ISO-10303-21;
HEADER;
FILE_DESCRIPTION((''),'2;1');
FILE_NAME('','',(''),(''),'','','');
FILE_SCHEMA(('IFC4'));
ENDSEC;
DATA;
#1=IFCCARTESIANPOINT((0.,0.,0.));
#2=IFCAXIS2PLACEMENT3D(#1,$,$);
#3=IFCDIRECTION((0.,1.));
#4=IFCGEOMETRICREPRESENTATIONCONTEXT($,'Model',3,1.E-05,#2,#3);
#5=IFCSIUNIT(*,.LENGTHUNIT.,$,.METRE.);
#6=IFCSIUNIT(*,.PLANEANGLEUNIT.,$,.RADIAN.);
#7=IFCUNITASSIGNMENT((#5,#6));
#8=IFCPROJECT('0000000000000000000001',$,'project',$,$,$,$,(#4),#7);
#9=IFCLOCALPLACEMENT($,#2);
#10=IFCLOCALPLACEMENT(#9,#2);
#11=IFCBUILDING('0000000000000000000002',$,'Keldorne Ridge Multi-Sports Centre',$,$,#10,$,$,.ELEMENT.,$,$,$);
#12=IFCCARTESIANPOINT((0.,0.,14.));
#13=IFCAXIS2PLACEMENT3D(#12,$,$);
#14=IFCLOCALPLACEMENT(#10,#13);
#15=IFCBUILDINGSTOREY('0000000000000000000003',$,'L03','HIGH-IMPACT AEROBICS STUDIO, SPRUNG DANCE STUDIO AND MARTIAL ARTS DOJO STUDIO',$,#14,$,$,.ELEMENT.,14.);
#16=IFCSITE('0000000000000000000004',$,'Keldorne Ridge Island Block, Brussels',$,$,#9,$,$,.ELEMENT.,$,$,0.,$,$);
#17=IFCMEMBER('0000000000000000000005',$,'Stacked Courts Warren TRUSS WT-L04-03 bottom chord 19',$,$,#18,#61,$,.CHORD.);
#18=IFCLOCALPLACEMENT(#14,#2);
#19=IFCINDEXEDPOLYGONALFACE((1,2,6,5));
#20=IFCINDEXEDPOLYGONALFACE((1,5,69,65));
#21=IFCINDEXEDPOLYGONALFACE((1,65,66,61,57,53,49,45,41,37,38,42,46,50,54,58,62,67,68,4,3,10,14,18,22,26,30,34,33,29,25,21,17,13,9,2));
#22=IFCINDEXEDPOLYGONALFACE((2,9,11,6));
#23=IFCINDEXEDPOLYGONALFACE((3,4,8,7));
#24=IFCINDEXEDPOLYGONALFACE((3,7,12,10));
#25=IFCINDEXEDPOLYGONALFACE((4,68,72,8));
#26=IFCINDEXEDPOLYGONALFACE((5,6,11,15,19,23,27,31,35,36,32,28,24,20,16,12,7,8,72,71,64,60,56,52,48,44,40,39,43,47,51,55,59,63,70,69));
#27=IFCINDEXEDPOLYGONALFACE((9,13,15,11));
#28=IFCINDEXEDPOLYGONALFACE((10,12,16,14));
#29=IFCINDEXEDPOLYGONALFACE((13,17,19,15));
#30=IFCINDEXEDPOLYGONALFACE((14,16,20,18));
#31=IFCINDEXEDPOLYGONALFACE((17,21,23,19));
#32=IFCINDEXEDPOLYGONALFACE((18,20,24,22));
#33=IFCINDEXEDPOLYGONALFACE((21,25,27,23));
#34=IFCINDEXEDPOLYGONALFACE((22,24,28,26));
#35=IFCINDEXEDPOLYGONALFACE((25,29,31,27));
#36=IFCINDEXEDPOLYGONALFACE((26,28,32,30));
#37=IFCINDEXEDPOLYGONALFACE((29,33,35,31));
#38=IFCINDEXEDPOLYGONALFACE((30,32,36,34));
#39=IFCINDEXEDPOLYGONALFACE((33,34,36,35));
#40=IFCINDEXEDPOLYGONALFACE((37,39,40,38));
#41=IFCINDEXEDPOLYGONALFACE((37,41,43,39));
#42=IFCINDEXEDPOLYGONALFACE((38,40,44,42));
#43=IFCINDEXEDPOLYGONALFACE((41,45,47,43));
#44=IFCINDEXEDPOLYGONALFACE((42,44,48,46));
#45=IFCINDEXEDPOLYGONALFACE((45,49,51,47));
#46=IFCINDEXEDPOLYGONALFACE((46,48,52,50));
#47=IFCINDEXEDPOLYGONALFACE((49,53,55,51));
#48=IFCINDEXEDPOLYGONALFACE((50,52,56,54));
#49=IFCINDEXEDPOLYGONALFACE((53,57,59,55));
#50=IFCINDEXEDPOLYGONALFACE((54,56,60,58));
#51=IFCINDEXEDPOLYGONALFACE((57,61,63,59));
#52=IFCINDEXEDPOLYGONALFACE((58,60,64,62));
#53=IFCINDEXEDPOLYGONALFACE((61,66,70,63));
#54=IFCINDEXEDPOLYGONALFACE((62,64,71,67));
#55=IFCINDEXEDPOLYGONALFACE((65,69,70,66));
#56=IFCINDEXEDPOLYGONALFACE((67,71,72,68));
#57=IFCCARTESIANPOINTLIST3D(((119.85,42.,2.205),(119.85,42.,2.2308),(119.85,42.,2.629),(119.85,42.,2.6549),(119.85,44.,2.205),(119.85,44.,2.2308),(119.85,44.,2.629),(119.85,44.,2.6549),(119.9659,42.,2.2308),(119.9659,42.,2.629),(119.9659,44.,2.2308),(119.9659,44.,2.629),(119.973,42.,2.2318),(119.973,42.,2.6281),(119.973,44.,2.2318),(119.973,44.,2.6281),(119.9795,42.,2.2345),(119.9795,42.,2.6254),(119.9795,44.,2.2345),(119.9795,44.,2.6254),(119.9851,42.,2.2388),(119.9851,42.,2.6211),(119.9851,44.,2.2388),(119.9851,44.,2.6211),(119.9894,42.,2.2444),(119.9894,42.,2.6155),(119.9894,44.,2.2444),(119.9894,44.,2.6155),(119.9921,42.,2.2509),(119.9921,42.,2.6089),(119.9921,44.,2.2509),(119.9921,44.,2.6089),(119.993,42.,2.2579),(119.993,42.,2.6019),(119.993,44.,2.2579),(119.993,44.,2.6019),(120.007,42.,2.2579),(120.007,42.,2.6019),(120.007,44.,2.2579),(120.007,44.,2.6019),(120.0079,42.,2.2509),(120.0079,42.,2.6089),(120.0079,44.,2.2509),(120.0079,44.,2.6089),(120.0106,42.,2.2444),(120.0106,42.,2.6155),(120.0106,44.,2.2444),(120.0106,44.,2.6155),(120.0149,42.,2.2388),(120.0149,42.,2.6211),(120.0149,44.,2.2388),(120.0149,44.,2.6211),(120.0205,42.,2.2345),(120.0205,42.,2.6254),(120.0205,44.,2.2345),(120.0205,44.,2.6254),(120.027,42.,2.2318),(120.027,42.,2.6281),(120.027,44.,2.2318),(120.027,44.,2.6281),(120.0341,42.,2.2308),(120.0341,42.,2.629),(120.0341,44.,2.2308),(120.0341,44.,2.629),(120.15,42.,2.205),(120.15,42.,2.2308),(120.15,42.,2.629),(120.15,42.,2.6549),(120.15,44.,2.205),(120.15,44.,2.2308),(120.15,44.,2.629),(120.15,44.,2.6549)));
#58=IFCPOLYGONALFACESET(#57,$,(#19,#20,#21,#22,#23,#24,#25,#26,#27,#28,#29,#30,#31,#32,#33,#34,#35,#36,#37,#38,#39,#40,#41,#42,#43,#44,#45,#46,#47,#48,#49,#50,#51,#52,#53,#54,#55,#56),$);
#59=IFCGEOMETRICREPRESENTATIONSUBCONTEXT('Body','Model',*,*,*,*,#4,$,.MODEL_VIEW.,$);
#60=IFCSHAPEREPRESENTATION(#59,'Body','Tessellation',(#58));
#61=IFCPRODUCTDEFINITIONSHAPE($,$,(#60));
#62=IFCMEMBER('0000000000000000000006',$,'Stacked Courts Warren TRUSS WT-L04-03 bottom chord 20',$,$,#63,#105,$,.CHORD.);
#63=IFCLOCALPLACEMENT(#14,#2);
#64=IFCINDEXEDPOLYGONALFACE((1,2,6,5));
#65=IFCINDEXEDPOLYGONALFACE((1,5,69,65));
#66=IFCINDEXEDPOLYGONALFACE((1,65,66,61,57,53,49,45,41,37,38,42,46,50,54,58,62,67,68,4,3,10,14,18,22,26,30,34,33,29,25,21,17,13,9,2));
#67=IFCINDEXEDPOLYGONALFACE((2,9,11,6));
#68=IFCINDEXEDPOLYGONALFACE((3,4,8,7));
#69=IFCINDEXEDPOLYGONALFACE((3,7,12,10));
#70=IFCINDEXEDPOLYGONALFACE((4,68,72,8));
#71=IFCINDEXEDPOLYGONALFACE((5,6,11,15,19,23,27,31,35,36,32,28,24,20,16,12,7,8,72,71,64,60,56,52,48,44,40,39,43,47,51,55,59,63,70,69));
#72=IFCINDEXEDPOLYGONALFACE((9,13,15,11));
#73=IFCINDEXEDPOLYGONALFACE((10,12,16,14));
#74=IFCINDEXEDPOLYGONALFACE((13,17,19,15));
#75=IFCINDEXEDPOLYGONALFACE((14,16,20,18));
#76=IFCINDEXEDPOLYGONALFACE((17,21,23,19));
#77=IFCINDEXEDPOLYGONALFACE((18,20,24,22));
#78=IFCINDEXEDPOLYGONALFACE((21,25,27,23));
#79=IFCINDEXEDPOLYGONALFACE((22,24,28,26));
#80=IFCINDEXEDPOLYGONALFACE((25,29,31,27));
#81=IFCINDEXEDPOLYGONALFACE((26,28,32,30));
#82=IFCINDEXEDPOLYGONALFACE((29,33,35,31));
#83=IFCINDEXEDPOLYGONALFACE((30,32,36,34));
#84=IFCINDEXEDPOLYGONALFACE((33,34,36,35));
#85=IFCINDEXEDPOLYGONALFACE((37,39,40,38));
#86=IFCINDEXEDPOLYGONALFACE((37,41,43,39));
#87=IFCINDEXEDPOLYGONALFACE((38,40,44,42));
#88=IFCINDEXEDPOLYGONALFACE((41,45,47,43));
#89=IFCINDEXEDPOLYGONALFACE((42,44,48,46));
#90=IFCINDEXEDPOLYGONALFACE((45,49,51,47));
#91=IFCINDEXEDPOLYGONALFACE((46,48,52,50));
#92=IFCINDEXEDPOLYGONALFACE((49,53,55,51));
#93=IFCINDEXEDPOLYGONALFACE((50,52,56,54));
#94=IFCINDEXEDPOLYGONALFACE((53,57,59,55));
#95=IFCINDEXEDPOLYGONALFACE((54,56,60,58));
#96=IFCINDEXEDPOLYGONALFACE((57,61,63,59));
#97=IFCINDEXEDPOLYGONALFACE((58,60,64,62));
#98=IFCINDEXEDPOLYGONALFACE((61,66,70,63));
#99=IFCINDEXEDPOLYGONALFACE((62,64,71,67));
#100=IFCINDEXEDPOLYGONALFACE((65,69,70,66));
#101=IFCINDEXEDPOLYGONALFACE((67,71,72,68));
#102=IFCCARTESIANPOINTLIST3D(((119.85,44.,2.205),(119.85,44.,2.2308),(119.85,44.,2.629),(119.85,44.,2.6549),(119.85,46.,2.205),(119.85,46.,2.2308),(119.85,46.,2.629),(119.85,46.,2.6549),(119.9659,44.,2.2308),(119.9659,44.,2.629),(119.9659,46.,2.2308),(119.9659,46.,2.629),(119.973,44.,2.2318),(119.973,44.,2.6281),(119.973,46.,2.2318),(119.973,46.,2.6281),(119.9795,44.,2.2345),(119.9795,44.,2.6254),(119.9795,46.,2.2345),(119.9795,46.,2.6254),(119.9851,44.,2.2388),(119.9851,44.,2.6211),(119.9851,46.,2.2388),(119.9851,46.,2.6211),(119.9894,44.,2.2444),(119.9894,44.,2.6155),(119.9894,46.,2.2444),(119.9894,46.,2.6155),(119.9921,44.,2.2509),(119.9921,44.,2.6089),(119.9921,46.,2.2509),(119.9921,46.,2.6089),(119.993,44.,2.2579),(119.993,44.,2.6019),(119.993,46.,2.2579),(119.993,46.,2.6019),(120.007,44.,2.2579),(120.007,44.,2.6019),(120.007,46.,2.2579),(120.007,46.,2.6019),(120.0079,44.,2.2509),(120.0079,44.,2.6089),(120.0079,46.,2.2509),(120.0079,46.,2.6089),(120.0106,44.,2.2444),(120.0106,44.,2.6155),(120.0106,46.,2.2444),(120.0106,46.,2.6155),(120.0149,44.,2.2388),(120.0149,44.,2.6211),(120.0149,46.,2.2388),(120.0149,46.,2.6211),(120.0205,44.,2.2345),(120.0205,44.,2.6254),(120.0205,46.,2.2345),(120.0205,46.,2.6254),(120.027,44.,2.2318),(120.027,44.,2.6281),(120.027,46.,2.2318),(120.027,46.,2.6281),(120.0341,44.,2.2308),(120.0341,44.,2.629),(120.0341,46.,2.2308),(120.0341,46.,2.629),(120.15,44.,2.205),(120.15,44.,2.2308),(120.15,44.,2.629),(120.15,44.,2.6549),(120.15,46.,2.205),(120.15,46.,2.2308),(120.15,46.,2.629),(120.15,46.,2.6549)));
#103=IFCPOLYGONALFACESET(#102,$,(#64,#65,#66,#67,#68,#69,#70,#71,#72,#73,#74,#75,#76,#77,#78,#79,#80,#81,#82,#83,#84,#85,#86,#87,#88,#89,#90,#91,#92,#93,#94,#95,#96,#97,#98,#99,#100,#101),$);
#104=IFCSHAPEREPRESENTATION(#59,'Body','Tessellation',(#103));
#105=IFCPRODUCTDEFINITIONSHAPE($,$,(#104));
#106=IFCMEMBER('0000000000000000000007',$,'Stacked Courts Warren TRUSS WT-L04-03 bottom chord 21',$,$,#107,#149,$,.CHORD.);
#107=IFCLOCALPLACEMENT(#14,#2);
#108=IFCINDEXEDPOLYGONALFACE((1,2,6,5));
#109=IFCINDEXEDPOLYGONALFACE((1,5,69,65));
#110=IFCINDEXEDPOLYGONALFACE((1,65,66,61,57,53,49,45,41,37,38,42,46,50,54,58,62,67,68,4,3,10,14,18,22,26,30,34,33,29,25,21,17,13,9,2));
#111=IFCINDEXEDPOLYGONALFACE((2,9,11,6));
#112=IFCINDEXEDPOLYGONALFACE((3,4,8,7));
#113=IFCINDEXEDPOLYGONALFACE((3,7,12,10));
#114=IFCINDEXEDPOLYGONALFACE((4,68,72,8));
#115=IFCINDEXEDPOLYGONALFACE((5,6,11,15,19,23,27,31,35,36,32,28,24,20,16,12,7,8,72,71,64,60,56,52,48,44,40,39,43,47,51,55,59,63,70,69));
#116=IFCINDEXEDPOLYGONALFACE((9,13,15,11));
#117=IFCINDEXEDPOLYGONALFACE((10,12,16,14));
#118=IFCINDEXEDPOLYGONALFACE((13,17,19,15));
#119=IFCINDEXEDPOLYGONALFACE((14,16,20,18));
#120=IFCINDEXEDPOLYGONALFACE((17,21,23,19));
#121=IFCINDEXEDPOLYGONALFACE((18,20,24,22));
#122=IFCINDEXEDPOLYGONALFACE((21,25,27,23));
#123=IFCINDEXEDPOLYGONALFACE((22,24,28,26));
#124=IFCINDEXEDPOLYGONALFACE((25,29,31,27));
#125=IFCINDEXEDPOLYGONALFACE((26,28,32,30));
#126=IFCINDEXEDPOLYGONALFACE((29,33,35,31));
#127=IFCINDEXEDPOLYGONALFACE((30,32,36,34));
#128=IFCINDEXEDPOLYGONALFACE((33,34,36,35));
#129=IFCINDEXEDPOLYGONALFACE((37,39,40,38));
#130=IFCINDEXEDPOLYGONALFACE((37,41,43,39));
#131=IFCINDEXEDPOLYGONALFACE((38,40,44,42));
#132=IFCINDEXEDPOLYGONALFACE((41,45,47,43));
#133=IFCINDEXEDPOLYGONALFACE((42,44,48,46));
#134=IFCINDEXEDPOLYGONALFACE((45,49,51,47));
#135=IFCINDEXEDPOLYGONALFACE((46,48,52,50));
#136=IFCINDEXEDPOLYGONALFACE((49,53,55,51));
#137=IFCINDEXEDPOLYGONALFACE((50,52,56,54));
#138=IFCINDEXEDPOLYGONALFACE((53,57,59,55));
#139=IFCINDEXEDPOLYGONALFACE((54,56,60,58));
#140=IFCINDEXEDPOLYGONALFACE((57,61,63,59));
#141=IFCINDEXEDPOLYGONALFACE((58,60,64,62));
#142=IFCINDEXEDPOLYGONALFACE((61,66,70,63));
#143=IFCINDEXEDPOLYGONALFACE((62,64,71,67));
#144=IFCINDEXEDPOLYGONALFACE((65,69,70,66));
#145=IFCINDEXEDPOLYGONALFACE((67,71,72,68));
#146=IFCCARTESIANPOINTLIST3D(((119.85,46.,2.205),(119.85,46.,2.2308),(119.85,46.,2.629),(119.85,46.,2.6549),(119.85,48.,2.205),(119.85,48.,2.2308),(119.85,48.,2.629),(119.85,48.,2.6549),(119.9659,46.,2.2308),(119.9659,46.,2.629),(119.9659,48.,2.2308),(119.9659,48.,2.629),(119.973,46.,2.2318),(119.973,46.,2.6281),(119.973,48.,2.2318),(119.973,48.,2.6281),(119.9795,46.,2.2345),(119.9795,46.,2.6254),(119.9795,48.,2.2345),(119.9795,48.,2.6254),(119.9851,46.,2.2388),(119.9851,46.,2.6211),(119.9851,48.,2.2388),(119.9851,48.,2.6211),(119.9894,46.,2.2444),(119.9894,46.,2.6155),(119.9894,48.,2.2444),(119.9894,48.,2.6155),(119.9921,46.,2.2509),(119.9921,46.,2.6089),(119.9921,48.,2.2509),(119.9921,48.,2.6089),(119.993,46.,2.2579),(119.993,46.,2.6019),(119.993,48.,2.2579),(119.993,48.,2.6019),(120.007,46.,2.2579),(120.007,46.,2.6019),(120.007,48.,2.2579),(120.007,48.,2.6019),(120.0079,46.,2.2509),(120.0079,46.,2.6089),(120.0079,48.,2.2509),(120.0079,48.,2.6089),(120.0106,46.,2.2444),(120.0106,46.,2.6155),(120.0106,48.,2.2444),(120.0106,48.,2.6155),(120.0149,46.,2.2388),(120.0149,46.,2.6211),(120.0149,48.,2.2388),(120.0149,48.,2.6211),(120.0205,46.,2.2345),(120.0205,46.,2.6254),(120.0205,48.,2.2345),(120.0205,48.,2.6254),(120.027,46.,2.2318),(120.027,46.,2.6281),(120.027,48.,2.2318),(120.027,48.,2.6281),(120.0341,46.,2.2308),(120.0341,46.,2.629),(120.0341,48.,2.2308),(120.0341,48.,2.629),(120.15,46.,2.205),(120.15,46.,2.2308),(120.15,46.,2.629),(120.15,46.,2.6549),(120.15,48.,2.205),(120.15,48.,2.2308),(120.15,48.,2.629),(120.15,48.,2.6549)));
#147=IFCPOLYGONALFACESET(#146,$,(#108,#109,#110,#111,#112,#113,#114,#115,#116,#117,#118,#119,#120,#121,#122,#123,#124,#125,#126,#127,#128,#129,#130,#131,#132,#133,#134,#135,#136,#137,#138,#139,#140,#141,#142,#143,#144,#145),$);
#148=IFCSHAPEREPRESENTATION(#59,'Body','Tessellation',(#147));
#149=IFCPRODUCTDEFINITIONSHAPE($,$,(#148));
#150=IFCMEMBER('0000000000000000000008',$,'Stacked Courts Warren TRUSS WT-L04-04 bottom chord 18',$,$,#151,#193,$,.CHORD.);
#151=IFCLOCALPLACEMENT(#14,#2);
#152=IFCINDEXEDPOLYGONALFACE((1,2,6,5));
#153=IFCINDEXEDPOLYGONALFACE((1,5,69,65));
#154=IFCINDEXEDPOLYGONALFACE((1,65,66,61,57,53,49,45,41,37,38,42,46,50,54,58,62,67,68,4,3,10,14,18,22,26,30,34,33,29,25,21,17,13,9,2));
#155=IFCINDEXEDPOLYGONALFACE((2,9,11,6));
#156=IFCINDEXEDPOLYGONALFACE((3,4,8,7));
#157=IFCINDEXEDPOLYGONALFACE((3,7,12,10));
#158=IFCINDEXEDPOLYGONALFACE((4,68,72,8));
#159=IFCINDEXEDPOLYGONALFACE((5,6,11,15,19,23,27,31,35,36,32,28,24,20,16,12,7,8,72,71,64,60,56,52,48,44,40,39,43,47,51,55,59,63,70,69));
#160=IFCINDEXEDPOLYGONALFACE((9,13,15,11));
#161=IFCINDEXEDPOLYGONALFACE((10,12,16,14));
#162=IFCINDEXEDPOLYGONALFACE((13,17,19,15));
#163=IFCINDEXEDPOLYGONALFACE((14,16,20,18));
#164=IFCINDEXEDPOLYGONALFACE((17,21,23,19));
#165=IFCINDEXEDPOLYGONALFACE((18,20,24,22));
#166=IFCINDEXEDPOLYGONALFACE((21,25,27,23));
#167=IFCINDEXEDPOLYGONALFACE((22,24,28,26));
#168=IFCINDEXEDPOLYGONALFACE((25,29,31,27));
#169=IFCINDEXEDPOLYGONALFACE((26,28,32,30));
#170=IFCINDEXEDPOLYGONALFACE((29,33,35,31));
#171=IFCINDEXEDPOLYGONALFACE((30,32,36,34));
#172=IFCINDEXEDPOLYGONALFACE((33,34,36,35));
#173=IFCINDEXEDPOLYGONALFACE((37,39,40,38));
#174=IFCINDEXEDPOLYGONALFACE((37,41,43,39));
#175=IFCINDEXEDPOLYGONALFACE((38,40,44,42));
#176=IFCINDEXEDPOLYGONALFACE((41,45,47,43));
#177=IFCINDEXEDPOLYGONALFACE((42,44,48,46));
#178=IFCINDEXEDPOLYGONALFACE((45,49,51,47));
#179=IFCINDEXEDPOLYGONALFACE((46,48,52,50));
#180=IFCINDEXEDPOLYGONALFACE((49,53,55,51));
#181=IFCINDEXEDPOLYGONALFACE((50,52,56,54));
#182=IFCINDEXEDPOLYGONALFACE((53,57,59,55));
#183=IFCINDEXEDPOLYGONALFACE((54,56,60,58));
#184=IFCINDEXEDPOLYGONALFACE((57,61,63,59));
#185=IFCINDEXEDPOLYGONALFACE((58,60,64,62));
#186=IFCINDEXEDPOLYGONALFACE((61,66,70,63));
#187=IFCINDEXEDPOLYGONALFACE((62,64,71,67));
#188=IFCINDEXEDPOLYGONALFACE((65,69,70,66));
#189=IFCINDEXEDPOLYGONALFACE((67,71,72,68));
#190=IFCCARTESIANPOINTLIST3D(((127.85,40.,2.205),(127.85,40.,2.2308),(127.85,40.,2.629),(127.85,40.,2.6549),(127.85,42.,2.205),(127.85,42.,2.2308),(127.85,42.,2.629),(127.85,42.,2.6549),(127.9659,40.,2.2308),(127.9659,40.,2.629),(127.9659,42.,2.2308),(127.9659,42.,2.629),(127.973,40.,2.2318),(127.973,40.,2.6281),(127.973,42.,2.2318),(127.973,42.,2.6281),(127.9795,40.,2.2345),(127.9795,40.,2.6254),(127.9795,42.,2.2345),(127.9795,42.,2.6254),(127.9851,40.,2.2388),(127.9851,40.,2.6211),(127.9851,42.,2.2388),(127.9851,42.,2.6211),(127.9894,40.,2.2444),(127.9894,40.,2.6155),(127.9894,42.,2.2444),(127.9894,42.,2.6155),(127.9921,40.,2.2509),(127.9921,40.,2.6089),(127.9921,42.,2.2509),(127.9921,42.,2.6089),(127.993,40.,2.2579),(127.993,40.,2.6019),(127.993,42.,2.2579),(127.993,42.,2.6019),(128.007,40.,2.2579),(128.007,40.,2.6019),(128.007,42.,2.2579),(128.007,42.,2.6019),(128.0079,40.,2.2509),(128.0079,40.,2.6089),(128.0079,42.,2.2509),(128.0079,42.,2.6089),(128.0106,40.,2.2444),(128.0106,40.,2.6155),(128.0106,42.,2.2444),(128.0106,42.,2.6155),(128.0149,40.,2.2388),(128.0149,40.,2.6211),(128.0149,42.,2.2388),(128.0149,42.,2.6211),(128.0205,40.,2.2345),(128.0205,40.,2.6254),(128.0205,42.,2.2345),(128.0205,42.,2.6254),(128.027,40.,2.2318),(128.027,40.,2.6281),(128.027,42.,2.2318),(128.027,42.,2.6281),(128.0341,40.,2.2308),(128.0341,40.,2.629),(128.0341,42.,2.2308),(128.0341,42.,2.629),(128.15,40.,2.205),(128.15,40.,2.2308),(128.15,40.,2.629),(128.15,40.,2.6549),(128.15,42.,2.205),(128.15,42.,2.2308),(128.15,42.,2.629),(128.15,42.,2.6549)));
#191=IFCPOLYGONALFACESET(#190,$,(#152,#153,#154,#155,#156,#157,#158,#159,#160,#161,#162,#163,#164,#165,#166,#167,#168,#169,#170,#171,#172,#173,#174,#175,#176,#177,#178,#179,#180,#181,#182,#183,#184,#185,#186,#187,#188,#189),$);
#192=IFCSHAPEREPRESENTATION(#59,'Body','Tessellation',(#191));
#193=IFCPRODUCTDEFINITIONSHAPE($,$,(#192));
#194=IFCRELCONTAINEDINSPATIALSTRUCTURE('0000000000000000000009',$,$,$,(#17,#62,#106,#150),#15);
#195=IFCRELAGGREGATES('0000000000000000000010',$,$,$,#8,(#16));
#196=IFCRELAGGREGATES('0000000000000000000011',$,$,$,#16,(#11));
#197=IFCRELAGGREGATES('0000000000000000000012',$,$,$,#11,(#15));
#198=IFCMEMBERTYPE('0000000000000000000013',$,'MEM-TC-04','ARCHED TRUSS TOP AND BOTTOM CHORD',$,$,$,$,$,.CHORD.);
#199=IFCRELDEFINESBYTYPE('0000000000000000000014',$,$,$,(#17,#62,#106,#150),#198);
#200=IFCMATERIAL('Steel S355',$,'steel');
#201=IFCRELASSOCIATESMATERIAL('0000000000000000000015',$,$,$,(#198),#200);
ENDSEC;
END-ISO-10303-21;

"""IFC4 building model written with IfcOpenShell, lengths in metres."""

from ifc_helpers import new_model, si_unit, direction, frame, origin, origin_2d, place, context, subcontext, project, spatial, i_section, extrude, material, material_profile, profile_set, type_object, element, save


model = new_model("IFC4")

# Units and contexts
model_context = context("Model", 3, precision=1e-05, world=origin(), true_north=direction((0.0, 1.0)))
body_context = subcontext(model_context, "Body", "Model", "MODEL_VIEW")
ifc_project = project(units=[si_unit("LENGTHUNIT", "METRE"), si_unit("PLANEANGLEUNIT", "RADIAN")], contexts=[model_context])

# Site, building, storey
site_placement = place(None, origin())
site = spatial("IfcSite", under=ifc_project, at=site_placement, Name="Keldorne Ridge Island Block, Brussels", CompositionType="ELEMENT", RefElevation=0.0)
building_placement = place(site_placement, origin())
building = spatial("IfcBuilding", under=site, at=building_placement, Name="Keldorne Ridge Multi-Sports Centre", CompositionType="ELEMENT")
storey_placement = place(building_placement, frame((0.0, 0.0, 14.0)))
storey = spatial("IfcBuildingStorey", under=building, at=storey_placement, Name="L03", Description="HIGH-IMPACT AEROBICS STUDIO, SPRUNG DANCE STUDIO AND MARTIAL ARTS DOJO STUDIO", CompositionType="ELEMENT", Elevation=14.0)

# Members
ifc_material = material(Name="Steel S355", Category="steel")
ifc_material_profile_1 = material_profile(ifc_material, i_section(OverallWidth=0.3, OverallDepth=0.45, WebThickness=0.0139, FlangeThickness=0.0259, FilletRadius=0.0271, at=origin_2d()), Name="HEB 450")
ifc_profile_set_1 = profile_set([ifc_material_profile_1], Name="Steel S355")
member_type_1 = type_object("IfcMemberType", Name="MEM-TC-04", Description="ARCHED TRUSS TOP AND BOTTOM CHORD", PredefinedType="CHORD", material=ifc_profile_set_1)
for number, where, z_axis, x_axis, name in (
    (1, (120.0, 42.0, 2.4299), (0.0, 1.0, 0.0), (-1.0, 0.0, 0.0), "Stacked Courts Warren TRUSS WT-L04-03 bottom chord 19"),
    (2, (120.0, 44.0, 2.4299), (0.0, 1.0, 0.0), (-1.0, 0.0, 0.0), "Stacked Courts Warren TRUSS WT-L04-03 bottom chord 20"),
    (3, (120.0, 46.0, 2.4299), (0.0, 1.0, 0.0), (-1.0, 0.0, 0.0), "Stacked Courts Warren TRUSS WT-L04-03 bottom chord 21"),
    (4, (128.0, 40.0, 2.4299), (0.0, 1.0, 0.0), (-1.0, 0.0, 0.0), "Stacked Courts Warren TRUSS WT-L04-04 bottom chord 18"),
):
    element("IfcMember", number, at=place(storey_placement, frame(where, z_axis=z_axis, x_axis=x_axis)), inside=storey, type_object=member_type_1, Name=name, PredefinedType="CHORD", context=body_context, shape_type="SweptSolid", body=[
        extrude(i_section(OverallWidth=0.3, OverallDepth=0.45, WebThickness=0.0139, FlangeThickness=0.0259, FilletRadius=0.0271, at=origin_2d()), origin(), (0.0, 0.0, 1.0), 2.0),
    ])

save(model, "model.ifc")
